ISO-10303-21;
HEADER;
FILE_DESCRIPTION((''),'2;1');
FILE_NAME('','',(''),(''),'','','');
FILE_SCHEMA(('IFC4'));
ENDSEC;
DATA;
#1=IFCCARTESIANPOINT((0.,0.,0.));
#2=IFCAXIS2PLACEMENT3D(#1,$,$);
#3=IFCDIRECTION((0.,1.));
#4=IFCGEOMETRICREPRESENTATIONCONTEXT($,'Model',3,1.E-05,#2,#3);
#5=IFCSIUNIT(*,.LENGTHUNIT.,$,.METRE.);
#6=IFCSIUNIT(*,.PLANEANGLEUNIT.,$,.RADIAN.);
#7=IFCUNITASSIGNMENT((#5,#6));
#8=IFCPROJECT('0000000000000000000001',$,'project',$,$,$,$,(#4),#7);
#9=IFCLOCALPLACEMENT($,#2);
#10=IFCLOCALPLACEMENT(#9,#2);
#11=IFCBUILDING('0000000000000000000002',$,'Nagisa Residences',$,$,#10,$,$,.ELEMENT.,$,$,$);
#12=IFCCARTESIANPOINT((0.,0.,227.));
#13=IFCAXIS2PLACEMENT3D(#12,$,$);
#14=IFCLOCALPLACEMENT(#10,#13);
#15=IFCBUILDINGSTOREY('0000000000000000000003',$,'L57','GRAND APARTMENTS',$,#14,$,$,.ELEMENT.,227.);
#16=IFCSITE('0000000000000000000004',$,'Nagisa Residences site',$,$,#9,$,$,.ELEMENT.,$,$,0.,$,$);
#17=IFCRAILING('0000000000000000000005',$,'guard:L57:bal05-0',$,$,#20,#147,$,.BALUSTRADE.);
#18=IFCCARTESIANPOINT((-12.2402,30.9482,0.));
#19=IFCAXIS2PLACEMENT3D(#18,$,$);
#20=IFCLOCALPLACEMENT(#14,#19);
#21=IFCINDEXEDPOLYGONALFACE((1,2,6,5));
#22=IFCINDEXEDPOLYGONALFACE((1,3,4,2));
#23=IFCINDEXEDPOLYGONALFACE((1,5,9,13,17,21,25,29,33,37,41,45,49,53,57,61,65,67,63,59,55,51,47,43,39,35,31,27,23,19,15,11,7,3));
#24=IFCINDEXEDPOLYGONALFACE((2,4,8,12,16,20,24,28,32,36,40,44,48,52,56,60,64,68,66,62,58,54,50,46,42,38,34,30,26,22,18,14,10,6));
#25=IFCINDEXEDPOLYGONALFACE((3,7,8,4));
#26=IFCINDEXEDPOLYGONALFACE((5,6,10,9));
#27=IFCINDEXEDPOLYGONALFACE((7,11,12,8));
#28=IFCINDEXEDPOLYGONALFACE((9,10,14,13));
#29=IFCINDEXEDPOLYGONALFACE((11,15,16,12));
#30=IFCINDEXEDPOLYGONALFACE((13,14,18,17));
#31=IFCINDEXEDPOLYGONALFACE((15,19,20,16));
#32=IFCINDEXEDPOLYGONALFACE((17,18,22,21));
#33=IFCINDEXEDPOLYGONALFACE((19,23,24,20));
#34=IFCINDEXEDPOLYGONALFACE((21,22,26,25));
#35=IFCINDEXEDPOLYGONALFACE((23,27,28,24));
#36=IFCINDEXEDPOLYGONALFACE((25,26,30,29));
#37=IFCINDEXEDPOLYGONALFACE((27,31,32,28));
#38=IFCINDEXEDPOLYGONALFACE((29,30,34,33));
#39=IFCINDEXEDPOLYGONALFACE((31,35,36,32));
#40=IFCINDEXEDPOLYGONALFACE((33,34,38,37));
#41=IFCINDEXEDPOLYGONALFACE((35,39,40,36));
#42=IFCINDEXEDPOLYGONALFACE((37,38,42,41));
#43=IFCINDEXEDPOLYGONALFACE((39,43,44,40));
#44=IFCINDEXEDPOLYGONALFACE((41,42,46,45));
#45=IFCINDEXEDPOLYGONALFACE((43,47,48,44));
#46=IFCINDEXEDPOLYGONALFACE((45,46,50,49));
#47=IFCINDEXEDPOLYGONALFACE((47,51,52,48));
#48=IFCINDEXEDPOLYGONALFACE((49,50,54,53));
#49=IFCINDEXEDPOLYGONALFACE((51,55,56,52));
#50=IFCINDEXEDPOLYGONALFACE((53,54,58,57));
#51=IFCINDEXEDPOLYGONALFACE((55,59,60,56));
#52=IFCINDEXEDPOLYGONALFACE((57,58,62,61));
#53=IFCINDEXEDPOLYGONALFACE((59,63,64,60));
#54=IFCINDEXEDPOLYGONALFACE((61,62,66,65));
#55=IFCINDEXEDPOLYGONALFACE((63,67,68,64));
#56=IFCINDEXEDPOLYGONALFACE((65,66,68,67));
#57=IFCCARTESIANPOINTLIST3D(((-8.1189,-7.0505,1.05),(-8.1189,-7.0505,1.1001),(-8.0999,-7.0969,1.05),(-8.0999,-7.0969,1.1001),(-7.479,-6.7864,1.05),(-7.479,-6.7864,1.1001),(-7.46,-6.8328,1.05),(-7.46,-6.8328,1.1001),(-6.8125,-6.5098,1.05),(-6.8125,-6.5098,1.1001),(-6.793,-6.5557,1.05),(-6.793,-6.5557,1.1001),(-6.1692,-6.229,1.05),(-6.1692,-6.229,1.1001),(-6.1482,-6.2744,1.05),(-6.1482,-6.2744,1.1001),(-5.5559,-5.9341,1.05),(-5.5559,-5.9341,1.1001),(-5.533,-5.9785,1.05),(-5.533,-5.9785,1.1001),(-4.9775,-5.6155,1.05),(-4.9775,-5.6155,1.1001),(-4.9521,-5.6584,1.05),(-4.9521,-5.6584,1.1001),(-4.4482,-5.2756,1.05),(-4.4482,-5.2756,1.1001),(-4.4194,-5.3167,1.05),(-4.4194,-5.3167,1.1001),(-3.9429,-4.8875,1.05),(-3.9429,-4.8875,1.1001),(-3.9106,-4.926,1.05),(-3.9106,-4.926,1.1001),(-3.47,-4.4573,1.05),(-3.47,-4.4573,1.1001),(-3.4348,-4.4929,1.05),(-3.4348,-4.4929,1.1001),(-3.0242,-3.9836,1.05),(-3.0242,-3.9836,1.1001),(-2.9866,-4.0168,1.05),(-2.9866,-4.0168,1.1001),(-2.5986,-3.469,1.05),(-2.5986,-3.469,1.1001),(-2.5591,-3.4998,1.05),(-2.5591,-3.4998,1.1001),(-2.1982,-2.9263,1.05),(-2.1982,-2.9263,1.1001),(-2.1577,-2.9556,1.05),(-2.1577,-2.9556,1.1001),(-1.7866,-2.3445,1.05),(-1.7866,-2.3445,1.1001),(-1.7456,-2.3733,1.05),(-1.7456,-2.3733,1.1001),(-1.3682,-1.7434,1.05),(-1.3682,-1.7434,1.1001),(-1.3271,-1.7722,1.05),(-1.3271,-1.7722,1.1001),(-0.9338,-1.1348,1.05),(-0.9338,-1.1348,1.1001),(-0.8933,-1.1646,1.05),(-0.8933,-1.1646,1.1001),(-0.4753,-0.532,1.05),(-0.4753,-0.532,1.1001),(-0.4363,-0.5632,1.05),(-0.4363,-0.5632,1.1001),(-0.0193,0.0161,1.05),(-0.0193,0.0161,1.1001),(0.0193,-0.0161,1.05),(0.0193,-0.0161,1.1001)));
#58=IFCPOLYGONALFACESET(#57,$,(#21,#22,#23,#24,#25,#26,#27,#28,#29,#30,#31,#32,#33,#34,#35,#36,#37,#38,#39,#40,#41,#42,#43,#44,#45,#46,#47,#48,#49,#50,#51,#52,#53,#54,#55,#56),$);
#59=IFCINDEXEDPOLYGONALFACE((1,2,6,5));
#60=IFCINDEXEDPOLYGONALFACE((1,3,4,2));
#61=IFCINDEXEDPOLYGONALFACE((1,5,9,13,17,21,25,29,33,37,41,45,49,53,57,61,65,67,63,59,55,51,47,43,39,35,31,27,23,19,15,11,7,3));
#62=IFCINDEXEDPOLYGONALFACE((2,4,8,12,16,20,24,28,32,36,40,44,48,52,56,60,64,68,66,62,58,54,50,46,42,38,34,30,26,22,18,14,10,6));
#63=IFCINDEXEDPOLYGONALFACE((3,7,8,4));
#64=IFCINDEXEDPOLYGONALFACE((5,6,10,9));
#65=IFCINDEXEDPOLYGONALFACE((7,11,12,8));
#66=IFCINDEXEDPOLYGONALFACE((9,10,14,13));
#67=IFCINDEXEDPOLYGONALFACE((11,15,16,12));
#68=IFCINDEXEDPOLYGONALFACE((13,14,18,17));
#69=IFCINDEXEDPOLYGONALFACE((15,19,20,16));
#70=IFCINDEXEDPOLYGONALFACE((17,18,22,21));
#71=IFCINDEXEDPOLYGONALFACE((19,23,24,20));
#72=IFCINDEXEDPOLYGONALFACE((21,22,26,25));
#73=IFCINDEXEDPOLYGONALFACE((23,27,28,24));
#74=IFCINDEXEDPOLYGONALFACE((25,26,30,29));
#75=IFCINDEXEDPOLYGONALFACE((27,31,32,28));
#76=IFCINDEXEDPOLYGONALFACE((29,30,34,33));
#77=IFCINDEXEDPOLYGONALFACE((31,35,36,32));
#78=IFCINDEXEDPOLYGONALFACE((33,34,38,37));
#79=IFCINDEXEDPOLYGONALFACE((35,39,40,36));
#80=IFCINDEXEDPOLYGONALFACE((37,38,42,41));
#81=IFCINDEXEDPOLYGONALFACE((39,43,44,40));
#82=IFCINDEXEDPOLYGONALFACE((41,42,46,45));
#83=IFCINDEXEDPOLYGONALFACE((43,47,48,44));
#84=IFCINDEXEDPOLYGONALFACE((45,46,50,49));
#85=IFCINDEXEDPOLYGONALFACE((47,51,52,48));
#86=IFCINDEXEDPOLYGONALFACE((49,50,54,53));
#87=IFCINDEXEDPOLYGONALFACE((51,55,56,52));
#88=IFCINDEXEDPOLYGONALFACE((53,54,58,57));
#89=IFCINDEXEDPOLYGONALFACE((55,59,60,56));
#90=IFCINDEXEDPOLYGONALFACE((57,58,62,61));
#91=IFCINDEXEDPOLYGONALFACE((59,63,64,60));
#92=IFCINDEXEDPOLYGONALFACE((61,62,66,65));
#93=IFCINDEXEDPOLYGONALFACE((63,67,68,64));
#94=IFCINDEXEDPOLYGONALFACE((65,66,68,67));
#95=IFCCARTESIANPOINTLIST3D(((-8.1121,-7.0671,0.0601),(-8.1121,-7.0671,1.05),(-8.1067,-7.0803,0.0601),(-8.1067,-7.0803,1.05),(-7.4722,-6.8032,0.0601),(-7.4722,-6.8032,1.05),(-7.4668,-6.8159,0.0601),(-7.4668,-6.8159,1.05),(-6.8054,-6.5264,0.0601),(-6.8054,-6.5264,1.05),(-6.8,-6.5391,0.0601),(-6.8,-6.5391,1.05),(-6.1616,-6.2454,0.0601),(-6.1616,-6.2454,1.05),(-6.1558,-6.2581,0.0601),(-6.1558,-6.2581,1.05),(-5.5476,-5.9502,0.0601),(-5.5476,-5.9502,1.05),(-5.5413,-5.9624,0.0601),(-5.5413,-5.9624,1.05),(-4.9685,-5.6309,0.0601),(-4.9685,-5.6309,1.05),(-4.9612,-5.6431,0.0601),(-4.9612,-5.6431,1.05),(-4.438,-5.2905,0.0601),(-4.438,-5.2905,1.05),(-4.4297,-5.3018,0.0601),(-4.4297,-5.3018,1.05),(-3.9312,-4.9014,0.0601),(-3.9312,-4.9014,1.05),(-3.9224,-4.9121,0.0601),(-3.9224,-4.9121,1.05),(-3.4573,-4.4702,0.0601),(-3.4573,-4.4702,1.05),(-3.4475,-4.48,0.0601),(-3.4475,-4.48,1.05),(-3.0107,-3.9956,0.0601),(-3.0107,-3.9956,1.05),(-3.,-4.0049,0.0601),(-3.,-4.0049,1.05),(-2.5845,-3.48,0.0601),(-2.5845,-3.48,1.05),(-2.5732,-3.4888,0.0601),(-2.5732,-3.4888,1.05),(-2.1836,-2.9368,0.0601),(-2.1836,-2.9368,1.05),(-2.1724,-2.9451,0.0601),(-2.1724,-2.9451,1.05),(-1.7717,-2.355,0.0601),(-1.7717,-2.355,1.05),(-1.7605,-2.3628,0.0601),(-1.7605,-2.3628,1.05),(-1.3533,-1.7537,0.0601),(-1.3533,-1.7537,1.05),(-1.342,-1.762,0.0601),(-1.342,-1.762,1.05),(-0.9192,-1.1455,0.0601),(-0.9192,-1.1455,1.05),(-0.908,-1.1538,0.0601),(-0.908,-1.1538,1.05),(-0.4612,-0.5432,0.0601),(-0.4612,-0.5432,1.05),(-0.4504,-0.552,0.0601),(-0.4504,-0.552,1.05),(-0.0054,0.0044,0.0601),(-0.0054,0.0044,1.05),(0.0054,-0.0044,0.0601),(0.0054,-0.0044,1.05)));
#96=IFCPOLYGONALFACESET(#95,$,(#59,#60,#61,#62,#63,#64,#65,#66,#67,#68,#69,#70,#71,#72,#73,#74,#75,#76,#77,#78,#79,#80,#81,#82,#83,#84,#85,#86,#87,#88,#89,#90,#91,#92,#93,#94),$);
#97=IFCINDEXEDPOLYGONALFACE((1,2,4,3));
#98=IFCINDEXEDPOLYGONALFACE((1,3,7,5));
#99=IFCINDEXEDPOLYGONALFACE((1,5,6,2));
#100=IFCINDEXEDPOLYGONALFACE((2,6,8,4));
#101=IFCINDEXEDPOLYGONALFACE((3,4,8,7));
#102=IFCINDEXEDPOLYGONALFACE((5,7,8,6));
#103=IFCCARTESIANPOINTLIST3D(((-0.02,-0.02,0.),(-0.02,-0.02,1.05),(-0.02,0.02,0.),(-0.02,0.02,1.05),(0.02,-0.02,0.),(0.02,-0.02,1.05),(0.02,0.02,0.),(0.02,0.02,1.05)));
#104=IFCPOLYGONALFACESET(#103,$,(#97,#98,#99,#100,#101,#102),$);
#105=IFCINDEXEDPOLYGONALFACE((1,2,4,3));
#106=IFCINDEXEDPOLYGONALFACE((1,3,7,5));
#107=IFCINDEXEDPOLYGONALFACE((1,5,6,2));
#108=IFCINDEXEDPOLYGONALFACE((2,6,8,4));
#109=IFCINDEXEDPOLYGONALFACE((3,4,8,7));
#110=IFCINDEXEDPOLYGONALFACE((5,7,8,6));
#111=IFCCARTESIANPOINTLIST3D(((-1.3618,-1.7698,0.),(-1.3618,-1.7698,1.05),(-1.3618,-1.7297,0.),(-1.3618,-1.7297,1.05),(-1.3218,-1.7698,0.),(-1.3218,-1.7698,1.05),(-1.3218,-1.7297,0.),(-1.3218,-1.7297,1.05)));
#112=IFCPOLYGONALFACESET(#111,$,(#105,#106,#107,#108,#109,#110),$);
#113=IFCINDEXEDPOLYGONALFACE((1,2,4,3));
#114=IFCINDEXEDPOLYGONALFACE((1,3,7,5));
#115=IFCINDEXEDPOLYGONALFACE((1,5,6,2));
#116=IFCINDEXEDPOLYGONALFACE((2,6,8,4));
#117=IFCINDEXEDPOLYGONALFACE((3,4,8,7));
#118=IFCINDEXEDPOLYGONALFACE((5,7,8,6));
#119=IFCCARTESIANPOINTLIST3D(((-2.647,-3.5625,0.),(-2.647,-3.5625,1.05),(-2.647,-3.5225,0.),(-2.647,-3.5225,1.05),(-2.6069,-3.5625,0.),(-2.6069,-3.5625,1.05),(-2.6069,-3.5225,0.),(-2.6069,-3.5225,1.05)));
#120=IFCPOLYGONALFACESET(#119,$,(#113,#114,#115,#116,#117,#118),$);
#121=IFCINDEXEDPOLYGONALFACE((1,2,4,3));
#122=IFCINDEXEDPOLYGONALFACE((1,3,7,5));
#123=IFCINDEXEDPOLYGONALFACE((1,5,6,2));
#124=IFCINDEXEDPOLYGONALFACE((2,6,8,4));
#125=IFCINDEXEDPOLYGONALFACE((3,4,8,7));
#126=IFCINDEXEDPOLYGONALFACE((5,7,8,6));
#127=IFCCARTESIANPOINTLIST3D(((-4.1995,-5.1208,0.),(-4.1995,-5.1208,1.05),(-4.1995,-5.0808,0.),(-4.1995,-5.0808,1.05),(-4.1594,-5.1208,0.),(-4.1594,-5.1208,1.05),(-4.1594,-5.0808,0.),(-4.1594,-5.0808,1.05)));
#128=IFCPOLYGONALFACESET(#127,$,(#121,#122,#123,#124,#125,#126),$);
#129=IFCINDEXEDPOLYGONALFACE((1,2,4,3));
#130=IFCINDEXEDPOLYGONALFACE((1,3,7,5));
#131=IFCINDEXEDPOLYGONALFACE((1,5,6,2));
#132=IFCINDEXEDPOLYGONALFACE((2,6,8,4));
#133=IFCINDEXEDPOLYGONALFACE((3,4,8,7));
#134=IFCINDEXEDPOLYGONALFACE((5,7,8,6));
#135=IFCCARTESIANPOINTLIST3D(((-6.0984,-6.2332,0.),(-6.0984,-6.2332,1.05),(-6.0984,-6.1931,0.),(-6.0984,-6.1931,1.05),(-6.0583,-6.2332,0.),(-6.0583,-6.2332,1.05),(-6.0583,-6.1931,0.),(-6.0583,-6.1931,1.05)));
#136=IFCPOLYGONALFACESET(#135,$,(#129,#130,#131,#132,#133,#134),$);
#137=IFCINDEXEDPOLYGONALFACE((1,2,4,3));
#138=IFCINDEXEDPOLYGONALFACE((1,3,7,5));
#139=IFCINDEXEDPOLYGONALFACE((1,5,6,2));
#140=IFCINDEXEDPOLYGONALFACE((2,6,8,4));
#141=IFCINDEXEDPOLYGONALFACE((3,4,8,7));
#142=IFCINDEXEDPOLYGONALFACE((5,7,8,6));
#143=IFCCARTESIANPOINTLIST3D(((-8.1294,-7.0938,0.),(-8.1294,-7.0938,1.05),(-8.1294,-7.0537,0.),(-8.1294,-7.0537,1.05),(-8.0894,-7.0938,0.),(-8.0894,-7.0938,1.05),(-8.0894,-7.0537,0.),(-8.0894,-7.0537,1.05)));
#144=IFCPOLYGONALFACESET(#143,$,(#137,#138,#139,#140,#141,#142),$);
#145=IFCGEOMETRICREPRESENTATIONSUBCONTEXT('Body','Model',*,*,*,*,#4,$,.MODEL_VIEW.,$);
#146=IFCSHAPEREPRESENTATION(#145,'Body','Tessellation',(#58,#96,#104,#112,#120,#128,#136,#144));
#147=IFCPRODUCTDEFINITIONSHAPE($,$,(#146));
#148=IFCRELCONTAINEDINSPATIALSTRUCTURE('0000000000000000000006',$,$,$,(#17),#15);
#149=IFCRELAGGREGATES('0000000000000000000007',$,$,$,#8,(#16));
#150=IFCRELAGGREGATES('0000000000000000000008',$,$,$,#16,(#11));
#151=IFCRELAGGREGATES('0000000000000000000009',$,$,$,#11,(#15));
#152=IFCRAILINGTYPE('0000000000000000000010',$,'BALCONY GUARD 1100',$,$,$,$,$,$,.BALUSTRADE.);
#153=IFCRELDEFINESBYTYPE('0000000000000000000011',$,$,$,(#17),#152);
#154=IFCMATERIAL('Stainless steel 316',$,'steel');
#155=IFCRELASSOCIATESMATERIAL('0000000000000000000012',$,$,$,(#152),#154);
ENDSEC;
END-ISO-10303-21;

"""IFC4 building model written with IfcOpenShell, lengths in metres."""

from ifc_helpers import new_model, si_unit, direction, frame, origin, origin_2d, place, context, subcontext, project, spatial, polyline, rectangle, outline, extrude, material, type_object, element, save


model = new_model("IFC4")

# Units and contexts
model_context = context("Model", 3, precision=1e-05, world=origin(), true_north=direction((0.0, 1.0)))
body_context = subcontext(model_context, "Body", "Model", "MODEL_VIEW")
ifc_project = project(units=[si_unit("LENGTHUNIT", "METRE"), si_unit("PLANEANGLEUNIT", "RADIAN")], contexts=[model_context])

# Site, building, storey
site_placement = place(None, origin())
site = spatial("IfcSite", under=ifc_project, at=site_placement, Name="Nagisa Residences site", CompositionType="ELEMENT", RefElevation=0.0)
building_placement = place(site_placement, origin())
building = spatial("IfcBuilding", under=site, at=building_placement, Name="Nagisa Residences", CompositionType="ELEMENT")
storey_placement = place(building_placement, frame((0.0, 0.0, 227.0)))
storey = spatial("IfcBuildingStorey", under=building, at=storey_placement, Name="L57", Description="GRAND APARTMENTS", CompositionType="ELEMENT", Elevation=227.0)

# Railing
ifc_material_1 = material(Name="Stainless steel 316", Category="steel")
railing_type = type_object("IfcRailingType", Name="BALCONY GUARD 1100", PredefinedType="BALUSTRADE", material=ifc_material_1)
railing_1_placement = place(storey_placement, frame((-12.2402, 30.9482, 0.0)))
element("IfcRailing", 1, at=railing_1_placement, inside=storey, type_object=railing_type, Name="guard:L57:bal05-0", PredefinedType="BALUSTRADE", context=body_context, shape_type="SweptSolid", body=[
    extrude(outline(polyline([(-0.4363, -0.5632), (0.0193, -0.0161), (-0.0193, 0.0161), (-0.4753, -0.532), (-0.9338, -1.1348), (-1.3682, -1.7434), (-1.7866, -2.3445), (-2.1982, -2.9263), (-2.5986, -3.469), (-3.0242, -3.9836), (-3.47, -4.4573), (-3.9429, -4.8875), (-4.4482, -5.2756), (-4.9775, -5.6155), (-5.5559, -5.9341), (-6.1692, -6.229), (-6.8125, -6.5098), (-7.479, -6.7864), (-8.1189, -7.0505), (-8.0999, -7.0969), (-7.46, -6.8328), (-6.793, -6.5557), (-6.1482, -6.2744), (-5.533, -5.9785), (-4.9521, -5.6584), (-4.4194, -5.3167), (-3.9106, -4.926), (-3.4348, -4.4929), (-2.9866, -4.0168), (-2.5591, -3.4998), (-2.1577, -2.9556), (-1.7456, -2.3733), (-1.3271, -1.7722), (-0.8933, -1.1646), (-0.4363, -0.5632)])), frame((0.0, 0.0, 1.05)), (0.0, 0.0, 1.0), 0.05),
    extrude(outline(polyline([(-0.4504, -0.552), (0.0054, -0.0044), (-0.0054, 0.0044), (-0.4612, -0.5432), (-0.9192, -1.1455), (-1.3533, -1.7537), (-1.7717, -2.355), (-2.1836, -2.9368), (-2.5845, -3.48), (-3.0107, -3.9956), (-3.4573, -4.4702), (-3.9312, -4.9014), (-4.438, -5.2905), (-4.9685, -5.6309), (-5.5476, -5.9502), (-6.1616, -6.2454), (-6.8054, -6.5264), (-7.4722, -6.8032), (-8.1121, -7.0671), (-8.1067, -7.0803), (-7.4668, -6.8159), (-6.8, -6.5391), (-6.1558, -6.2581), (-5.5413, -5.9624), (-4.9612, -5.6431), (-4.4297, -5.3018), (-3.9224, -4.9121), (-3.4475, -4.48), (-3.0, -4.0049), (-2.5732, -3.4888), (-2.1724, -2.9451), (-1.7605, -2.3628), (-1.342, -1.762), (-0.908, -1.1538), (-0.4504, -0.552)])), frame((0.0, 0.0, 0.0601)), (0.0, 0.0, 1.0), 0.99),
    extrude(rectangle(XDim=0.04, YDim=0.04, at=origin_2d()), origin(), (0.0, 0.0, 1.0), 1.05),
    extrude(rectangle(XDim=0.04, YDim=0.04, at=origin_2d()), frame((-1.3418, -1.7498, 0.0)), (0.0, 0.0, 1.0), 1.05),
    extrude(rectangle(XDim=0.04, YDim=0.04, at=origin_2d()), frame((-2.627, -3.5425, 0.0)), (0.0, 0.0, 1.0), 1.05),
    extrude(rectangle(XDim=0.04, YDim=0.04, at=origin_2d()), frame((-4.1794, -5.1008, 0.0)), (0.0, 0.0, 1.0), 1.05),
    extrude(rectangle(XDim=0.04, YDim=0.04, at=origin_2d()), frame((-6.0784, -6.2131, 0.0)), (0.0, 0.0, 1.0), 1.05),
    extrude(rectangle(XDim=0.04, YDim=0.04, at=origin_2d()), frame((-8.1094, -7.0737, 0.0)), (0.0, 0.0, 1.0), 1.05),
])

save(model, "model.ifc")
